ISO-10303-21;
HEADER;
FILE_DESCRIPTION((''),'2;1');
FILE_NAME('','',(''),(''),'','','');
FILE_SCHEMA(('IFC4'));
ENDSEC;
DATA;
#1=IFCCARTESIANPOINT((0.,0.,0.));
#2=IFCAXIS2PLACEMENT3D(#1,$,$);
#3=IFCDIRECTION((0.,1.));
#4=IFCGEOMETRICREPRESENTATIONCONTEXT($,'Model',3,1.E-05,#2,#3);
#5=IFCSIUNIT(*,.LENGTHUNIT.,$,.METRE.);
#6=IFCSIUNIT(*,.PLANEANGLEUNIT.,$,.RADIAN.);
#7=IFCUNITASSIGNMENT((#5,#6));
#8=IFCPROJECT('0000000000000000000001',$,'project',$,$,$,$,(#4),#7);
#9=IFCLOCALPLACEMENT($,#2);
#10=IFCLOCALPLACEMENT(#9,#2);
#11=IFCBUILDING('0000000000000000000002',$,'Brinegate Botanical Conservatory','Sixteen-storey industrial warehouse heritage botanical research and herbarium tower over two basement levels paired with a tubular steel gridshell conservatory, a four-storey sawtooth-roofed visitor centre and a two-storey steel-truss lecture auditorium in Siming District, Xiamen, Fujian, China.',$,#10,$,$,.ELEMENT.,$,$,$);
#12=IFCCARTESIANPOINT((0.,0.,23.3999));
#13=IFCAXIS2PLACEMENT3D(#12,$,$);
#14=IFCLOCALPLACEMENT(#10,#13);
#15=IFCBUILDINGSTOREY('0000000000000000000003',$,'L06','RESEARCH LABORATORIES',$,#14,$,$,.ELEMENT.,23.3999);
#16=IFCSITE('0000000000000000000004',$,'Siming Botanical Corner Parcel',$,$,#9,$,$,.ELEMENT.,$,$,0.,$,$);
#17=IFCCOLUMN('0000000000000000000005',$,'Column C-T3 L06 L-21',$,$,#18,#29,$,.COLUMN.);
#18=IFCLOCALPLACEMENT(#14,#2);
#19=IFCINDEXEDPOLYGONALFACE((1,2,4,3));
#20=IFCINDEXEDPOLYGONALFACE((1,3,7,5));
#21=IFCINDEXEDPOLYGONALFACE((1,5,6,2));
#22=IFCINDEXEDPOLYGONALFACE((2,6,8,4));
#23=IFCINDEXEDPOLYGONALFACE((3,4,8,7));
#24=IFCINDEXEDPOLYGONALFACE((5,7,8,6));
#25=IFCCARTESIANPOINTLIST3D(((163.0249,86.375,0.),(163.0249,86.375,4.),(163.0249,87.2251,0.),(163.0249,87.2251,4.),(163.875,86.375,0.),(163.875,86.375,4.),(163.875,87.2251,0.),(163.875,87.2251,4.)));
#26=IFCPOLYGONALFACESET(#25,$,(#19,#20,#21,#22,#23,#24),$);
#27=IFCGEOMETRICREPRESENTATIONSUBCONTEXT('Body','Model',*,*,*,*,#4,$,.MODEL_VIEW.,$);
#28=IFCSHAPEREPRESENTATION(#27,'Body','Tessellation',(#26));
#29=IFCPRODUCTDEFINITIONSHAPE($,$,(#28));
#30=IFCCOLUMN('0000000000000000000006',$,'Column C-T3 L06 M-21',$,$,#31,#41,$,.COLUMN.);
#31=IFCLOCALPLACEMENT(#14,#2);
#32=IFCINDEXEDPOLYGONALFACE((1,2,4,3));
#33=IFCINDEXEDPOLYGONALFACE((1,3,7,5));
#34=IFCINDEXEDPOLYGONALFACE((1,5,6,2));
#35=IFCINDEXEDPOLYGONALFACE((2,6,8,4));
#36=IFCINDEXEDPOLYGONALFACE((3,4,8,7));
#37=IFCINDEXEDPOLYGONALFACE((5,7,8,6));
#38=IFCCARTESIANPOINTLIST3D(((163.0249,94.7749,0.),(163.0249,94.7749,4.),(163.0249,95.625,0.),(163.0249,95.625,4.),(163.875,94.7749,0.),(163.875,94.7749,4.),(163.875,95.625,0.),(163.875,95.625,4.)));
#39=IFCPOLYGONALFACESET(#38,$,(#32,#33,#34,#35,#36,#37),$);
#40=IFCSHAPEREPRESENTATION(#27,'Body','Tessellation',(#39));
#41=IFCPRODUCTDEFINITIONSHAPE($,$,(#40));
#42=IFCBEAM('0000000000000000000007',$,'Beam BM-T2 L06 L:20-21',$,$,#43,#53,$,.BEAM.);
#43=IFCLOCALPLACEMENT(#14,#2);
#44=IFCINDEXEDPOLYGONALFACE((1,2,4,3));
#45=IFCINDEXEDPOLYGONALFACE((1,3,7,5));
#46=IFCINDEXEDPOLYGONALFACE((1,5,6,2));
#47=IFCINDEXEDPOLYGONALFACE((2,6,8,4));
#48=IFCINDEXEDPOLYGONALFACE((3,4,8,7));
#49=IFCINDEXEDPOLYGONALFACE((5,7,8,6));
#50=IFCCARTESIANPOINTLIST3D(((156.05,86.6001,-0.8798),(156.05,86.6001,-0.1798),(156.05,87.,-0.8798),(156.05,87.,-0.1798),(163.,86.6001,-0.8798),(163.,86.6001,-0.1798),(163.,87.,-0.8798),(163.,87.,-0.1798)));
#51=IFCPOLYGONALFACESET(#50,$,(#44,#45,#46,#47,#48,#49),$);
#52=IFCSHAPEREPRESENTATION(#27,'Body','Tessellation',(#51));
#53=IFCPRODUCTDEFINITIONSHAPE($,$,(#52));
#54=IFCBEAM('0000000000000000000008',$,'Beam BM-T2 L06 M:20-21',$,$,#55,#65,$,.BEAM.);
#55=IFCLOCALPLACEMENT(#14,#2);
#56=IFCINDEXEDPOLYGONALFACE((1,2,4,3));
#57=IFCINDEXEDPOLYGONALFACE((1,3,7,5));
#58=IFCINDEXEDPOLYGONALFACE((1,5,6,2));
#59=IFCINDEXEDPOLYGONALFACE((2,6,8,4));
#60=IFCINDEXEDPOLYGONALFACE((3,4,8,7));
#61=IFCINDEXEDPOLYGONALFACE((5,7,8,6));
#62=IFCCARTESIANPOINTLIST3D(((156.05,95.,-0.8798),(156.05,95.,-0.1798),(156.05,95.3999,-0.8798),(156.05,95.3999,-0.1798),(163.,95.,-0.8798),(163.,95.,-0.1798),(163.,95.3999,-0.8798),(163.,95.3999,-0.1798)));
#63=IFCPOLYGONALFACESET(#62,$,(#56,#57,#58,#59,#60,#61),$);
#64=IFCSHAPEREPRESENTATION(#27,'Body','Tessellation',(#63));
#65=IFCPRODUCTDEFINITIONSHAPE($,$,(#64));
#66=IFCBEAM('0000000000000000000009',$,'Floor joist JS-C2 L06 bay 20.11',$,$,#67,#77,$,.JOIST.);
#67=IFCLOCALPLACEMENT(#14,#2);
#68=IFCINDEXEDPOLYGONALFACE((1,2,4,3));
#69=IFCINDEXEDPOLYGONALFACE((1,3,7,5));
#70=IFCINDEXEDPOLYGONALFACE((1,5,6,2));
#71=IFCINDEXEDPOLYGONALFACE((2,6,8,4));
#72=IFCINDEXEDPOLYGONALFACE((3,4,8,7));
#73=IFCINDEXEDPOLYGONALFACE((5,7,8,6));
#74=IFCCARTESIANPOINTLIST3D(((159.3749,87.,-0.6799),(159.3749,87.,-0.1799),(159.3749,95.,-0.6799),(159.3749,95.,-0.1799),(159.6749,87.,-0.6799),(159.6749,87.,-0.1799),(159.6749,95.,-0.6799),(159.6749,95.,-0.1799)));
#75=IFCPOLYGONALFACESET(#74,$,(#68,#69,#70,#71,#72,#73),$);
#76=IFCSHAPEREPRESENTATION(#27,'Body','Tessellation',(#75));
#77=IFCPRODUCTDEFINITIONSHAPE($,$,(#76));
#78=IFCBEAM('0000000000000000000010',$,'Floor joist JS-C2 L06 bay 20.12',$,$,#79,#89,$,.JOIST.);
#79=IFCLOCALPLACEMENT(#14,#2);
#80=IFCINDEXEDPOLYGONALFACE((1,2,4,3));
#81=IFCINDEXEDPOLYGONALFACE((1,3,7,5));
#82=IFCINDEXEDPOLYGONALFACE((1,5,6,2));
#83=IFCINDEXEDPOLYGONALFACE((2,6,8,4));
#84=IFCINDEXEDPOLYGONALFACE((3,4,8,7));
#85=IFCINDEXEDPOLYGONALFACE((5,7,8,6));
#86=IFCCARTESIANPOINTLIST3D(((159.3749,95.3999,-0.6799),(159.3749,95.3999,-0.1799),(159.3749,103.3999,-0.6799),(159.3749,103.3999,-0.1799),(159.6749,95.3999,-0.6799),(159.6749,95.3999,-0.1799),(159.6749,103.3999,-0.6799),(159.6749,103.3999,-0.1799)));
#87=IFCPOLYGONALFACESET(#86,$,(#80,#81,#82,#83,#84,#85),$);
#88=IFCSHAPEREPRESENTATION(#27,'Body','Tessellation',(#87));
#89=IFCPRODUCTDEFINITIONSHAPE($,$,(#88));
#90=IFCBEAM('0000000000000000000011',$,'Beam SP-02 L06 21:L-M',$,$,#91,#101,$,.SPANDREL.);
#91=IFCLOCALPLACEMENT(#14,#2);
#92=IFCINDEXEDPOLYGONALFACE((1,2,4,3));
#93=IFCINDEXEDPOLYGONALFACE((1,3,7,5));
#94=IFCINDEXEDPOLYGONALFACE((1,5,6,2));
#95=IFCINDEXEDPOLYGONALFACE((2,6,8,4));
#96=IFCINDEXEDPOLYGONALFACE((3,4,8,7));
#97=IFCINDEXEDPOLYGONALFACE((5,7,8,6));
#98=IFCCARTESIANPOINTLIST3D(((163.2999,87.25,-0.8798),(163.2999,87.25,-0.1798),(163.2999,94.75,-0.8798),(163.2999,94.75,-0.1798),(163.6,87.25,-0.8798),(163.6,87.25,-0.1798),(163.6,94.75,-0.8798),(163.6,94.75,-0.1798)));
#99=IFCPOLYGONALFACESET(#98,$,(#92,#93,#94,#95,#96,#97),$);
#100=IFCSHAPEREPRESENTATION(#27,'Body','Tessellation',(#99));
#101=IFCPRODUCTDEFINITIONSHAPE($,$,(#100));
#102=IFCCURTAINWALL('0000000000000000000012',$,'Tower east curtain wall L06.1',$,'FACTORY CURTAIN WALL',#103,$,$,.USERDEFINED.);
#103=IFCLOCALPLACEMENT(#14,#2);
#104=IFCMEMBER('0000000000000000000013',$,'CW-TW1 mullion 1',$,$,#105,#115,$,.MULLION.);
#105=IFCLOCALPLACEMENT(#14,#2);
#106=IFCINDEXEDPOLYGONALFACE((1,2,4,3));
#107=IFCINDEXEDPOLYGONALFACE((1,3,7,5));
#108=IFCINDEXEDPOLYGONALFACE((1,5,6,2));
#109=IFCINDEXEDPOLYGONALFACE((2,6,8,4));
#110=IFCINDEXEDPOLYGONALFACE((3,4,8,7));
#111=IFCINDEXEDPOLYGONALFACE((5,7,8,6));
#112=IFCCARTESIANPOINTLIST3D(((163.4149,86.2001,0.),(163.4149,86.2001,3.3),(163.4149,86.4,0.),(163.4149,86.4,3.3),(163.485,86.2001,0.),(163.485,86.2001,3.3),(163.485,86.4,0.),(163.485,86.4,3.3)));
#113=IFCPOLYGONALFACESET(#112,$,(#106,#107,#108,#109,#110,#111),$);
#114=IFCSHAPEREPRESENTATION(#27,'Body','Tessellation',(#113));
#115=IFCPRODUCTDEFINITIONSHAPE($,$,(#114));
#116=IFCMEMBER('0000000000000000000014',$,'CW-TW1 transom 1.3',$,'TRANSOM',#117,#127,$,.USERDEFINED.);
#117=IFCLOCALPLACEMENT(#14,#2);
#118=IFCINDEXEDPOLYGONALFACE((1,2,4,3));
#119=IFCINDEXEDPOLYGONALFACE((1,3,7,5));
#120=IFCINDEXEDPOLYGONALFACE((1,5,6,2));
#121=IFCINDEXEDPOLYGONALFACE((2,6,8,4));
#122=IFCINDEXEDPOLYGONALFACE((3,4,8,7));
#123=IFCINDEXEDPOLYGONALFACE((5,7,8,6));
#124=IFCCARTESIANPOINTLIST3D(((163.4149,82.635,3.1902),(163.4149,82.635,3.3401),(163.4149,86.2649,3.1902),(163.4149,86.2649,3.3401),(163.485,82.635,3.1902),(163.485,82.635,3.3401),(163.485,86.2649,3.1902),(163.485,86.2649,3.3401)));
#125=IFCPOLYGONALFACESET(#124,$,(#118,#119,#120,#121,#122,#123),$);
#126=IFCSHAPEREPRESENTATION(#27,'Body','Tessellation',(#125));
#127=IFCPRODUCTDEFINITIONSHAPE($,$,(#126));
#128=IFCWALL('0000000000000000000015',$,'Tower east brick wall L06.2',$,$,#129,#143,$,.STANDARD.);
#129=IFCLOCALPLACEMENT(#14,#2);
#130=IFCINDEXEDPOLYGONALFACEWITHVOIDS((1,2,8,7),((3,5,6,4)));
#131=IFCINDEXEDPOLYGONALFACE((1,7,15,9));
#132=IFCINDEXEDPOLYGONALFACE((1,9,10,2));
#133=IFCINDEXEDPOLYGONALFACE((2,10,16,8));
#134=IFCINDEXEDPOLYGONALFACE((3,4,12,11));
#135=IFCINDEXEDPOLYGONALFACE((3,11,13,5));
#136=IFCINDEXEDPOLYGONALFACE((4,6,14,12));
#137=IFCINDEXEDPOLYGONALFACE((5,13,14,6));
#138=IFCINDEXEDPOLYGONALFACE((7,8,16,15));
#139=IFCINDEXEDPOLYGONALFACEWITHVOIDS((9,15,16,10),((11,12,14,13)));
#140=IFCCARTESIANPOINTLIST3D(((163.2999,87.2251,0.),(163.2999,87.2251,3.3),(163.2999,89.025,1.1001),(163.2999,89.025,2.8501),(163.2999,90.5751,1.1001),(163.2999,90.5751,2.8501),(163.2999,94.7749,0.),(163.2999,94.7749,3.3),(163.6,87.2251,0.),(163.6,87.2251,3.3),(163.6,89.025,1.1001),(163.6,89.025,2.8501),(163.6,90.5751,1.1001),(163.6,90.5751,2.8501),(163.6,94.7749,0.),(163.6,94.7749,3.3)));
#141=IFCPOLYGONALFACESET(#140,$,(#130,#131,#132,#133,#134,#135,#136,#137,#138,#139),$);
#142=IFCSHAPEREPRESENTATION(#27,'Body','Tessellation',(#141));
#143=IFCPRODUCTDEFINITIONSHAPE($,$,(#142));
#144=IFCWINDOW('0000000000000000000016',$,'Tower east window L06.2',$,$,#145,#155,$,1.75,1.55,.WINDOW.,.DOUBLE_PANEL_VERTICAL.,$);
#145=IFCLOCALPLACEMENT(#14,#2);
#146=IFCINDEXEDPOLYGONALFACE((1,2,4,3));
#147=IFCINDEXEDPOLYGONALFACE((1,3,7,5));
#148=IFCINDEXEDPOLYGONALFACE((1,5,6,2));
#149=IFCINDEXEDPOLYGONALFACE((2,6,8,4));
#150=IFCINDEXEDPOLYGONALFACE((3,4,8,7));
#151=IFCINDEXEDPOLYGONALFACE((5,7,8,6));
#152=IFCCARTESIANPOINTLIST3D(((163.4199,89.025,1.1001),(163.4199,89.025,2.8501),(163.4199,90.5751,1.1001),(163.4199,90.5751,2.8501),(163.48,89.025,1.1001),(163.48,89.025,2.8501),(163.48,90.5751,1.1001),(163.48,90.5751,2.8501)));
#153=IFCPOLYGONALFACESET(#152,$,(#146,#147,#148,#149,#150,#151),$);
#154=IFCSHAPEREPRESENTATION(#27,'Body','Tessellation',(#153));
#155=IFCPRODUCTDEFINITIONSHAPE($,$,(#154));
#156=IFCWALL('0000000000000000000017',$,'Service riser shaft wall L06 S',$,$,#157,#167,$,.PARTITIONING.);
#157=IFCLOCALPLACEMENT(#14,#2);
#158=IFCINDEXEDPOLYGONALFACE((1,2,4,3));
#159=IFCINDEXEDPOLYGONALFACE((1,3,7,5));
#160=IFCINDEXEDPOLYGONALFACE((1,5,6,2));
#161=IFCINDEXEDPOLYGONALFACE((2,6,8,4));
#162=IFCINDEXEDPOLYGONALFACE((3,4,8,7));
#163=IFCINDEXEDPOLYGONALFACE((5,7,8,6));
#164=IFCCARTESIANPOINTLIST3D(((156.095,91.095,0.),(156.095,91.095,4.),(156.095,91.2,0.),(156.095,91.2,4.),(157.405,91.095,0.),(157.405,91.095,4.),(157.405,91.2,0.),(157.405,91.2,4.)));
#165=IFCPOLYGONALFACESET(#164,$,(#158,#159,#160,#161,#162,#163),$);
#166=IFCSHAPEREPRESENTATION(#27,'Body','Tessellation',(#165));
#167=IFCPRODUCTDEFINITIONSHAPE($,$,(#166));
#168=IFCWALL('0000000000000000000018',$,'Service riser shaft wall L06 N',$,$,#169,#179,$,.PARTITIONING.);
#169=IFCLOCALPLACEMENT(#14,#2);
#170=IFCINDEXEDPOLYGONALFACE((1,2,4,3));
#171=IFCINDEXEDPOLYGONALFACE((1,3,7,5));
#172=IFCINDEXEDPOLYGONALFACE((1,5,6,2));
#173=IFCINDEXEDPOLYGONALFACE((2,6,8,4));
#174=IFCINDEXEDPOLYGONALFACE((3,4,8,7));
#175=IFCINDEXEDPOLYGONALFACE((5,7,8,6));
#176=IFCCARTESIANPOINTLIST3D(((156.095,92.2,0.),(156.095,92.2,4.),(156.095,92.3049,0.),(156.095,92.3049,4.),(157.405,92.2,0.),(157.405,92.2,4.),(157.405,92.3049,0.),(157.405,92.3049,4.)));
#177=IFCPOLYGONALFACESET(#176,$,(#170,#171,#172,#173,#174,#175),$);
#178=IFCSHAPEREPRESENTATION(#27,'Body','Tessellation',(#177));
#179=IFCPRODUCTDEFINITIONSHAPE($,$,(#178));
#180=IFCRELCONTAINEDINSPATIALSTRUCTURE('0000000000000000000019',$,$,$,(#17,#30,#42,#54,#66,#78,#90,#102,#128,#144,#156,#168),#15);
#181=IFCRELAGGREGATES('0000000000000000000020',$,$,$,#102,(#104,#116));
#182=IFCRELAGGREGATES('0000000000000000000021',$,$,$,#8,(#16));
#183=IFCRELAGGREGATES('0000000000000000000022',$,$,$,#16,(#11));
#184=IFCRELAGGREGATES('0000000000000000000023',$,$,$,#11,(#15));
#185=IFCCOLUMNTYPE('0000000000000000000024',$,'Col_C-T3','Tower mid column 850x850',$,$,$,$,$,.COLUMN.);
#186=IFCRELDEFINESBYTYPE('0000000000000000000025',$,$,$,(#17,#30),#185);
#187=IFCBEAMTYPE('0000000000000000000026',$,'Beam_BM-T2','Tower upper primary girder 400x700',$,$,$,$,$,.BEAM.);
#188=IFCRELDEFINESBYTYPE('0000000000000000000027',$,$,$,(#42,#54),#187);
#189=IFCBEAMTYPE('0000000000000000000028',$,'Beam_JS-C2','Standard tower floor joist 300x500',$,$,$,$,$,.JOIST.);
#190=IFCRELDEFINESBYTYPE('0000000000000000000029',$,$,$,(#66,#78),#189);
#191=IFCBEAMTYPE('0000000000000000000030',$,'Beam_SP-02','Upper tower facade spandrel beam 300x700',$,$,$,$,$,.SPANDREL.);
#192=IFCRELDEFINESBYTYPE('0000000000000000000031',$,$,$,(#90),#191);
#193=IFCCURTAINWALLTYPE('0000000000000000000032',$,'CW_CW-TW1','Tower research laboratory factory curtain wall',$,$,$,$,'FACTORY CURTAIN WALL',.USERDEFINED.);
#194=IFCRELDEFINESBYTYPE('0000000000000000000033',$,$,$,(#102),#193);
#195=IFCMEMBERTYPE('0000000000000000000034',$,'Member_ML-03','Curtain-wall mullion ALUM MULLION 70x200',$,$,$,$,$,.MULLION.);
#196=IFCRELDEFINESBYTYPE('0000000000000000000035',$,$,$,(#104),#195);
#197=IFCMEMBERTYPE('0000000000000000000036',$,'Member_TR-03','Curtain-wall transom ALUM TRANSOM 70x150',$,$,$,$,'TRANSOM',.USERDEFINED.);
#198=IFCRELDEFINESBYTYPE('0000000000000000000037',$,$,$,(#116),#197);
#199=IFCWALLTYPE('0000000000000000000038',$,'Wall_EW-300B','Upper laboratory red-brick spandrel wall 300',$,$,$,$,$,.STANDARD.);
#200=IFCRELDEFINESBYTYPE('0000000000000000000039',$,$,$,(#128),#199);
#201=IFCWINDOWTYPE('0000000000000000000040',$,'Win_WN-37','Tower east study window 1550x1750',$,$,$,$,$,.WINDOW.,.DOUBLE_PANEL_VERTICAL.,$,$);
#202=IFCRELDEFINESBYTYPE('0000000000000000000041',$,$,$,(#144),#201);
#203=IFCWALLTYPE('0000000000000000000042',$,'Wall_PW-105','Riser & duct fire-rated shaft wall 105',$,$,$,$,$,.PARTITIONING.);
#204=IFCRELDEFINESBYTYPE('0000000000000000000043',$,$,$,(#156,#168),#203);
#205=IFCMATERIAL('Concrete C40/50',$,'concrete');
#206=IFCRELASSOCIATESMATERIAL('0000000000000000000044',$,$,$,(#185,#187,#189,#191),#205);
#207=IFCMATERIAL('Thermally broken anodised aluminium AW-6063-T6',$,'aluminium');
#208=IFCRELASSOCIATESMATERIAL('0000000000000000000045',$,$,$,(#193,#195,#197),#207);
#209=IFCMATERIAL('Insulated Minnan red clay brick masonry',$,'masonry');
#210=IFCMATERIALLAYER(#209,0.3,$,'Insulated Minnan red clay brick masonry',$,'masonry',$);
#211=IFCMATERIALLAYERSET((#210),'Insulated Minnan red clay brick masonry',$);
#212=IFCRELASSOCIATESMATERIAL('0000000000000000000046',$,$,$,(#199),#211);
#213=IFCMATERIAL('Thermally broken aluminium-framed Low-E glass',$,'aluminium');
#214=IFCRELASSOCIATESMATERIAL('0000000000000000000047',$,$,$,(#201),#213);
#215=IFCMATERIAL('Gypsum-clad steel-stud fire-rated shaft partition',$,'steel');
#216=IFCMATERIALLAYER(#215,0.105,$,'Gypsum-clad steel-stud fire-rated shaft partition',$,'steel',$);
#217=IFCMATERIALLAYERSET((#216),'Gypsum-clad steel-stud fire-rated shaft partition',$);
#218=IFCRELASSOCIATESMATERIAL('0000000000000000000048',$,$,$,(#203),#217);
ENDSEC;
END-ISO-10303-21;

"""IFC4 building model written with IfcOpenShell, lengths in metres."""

from ifc_helpers import new_model, si_unit, direction, frame, frame_2d, origin, origin_2d, place, context, subcontext, project, spatial, rectangle, extrude, material, layer, layer_set, material_profile, profile_set, type_object, element, fill, aggregate, save


model = new_model("IFC4")

# Units and contexts
model_context = context("Model", 3, precision=1e-05, world=origin(), true_north=direction((0.0, 1.0)))
body_context = subcontext(model_context, "Body", "Model", "MODEL_VIEW")
ifc_project = project(units=[si_unit("LENGTHUNIT", "METRE"), si_unit("PLANEANGLEUNIT", "RADIAN")], contexts=[model_context])

# Site, building, storey
site_placement = place(None, origin())
site = spatial("IfcSite", under=ifc_project, at=site_placement, Name="Siming Botanical Corner Parcel", CompositionType="ELEMENT", RefElevation=0.0)
building_placement = place(site_placement, origin())
building = spatial("IfcBuilding", under=site, at=building_placement, Name="Brinegate Botanical Conservatory", Description="Sixteen-storey industrial warehouse heritage botanical research and herbarium tower over two basement levels paired with a tubular steel gridshell conservatory, a four-storey sawtooth-roofed visitor centre and a two-storey steel-truss lecture auditorium in Siming District, Xiamen, Fujian, China.", CompositionType="ELEMENT")
storey_placement = place(building_placement, frame((0.0, 0.0, 23.3999)))
storey = spatial("IfcBuildingStorey", under=building, at=storey_placement, Name="L06", Description="RESEARCH LABORATORIES", CompositionType="ELEMENT", Elevation=23.3999)

# Columns
ifc_material_1 = material(Name="Concrete C40/50", Category="concrete")
ifc_material_profile_1 = material_profile(ifc_material_1, rectangle(XDim=0.8501, YDim=0.8501, at=origin_2d()), Name="RC COL 850x850")
ifc_profile_set_1 = profile_set([ifc_material_profile_1], Name="Concrete C40/50")
column_type = type_object("IfcColumnType", Name="Col_C-T3", Description="Tower mid column 850x850", PredefinedType="COLUMN", material=ifc_profile_set_1)
for number, where, z_axis, x_axis, name in (
    (1, (163.45, 86.8, 0.0), (0.0, 0.0, 1.0), (1.0, 0.0, 0.0), "Column C-T3 L06 L-21"),
    (2, (163.45, 95.2, 0.0), (0.0, 0.0, 1.0), (1.0, 0.0, 0.0), "Column C-T3 L06 M-21"),
):
    element("IfcColumn", number, at=place(storey_placement, frame(where, z_axis=z_axis, x_axis=x_axis)), inside=storey, type_object=column_type, Name=name, PredefinedType="COLUMN", context=body_context, shape_type="SweptSolid", body=[
        extrude(rectangle(XDim=0.8501, YDim=0.8501, at=origin_2d()), origin(), (0.0, 0.0, 1.0), 4.0),
    ])

# Beams
ifc_material_profile_2 = material_profile(ifc_material_1, rectangle(XDim=0.3999, YDim=0.7, at=origin_2d()), Name="RC BM 400x700")
ifc_profile_set_2 = profile_set([ifc_material_profile_2], Name="Concrete C40/50")
beam_type_1 = type_object("IfcBeamType", Name="Beam_BM-T2", Description="Tower upper primary girder 400x700", PredefinedType="BEAM", material=ifc_profile_set_2)
for number, where, z_axis, x_axis, name in (
    (3, (156.05, 86.8, -0.5298), (1.0, 0.0, 0.0), (0.0, 1.0, 0.0), "Beam BM-T2 L06 L:20-21"),
    (4, (156.05, 95.2, -0.5298), (1.0, 0.0, 0.0), (0.0, 1.0, 0.0), "Beam BM-T2 L06 M:20-21"),
):
    element("IfcBeam", number, at=place(storey_placement, frame(where, z_axis=z_axis, x_axis=x_axis)), inside=storey, type_object=beam_type_1, Name=name, PredefinedType="BEAM", context=body_context, shape_type="SweptSolid", body=[
        extrude(rectangle(XDim=0.3999, YDim=0.7, at=origin_2d()), origin(), (0.0, 0.0, 1.0), 6.95),
    ])
ifc_material_profile_3 = material_profile(ifc_material_1, rectangle(XDim=0.3, YDim=0.5, at=origin_2d()), Name="RC JST 300x500")
ifc_profile_set_3 = profile_set([ifc_material_profile_3], Name="Concrete C40/50")
beam_type_2 = type_object("IfcBeamType", Name="Beam_JS-C2", Description="Standard tower floor joist 300x500", PredefinedType="JOIST", material=ifc_profile_set_3)
for number, where, z_axis, x_axis, name in (
    (5, (159.5249, 87.0, -0.4299), (0.0, 1.0, 0.0), (-1.0, 0.0, 0.0), "Floor joist JS-C2 L06 bay 20.11"),
    (6, (159.5249, 95.3999, -0.4299), (0.0, 1.0, 0.0), (-1.0, 0.0, 0.0), "Floor joist JS-C2 L06 bay 20.12"),
):
    element("IfcBeam", number, at=place(storey_placement, frame(where, z_axis=z_axis, x_axis=x_axis)), inside=storey, type_object=beam_type_2, Name=name, PredefinedType="JOIST", context=body_context, shape_type="SweptSolid", body=[
        extrude(rectangle(XDim=0.3, YDim=0.5, at=origin_2d()), origin(), (0.0, 0.0, 1.0), 8.0),
    ])
ifc_material_profile_4 = material_profile(ifc_material_1, rectangle(XDim=0.3, YDim=0.7, at=origin_2d()), Name="RC SPN 300x700")
ifc_profile_set_4 = profile_set([ifc_material_profile_4], Name="Concrete C40/50")
beam_type_3 = type_object("IfcBeamType", Name="Beam_SP-02", Description="Upper tower facade spandrel beam 300x700", PredefinedType="SPANDREL", material=ifc_profile_set_4)
beam_placement = place(storey_placement, frame((163.45, 87.25, -0.5298), z_axis=(0.0, 1.0, 0.0), x_axis=(-1.0, 0.0, 0.0)))
element("IfcBeam", 7, at=beam_placement, inside=storey, type_object=beam_type_3, Name="Beam SP-02 L06 21:L-M", PredefinedType="SPANDREL", context=body_context, shape_type="SweptSolid", body=[
    extrude(rectangle(XDim=0.3, YDim=0.7, at=origin_2d()), origin(), (0.0, 0.0, 1.0), 7.5),
])

# Curtain wall, members
ifc_material_2 = material(Name="Thermally broken anodised aluminium AW-6063-T6", Category="aluminium")
curtain_wall_type = type_object("IfcCurtainWallType", Name="CW_CW-TW1", Description="Tower research laboratory factory curtain wall", ElementType="FACTORY CURTAIN WALL", PredefinedType="USERDEFINED", material=ifc_material_2)
curtain_wall_placement = place(storey_placement, origin())
curtain_wall = element("IfcCurtainWall", 8, at=curtain_wall_placement, inside=storey, type_object=curtain_wall_type, Name="Tower east curtain wall L06.1", ObjectType="FACTORY CURTAIN WALL", PredefinedType="USERDEFINED")
ifc_material_profile_5 = material_profile(ifc_material_2, rectangle(XDim=0.0701, YDim=0.2, at=origin_2d()), Name="ALUM MULLION 70x200")
ifc_profile_set_5 = profile_set([ifc_material_profile_5], Name="Thermally broken anodised aluminium AW-6063-T6")
member_type_1 = type_object("IfcMemberType", Name="Member_ML-03", Description="Curtain-wall mullion ALUM MULLION 70x200", PredefinedType="MULLION", material=ifc_profile_set_5)
member_1_placement = place(storey_placement, frame((163.45, 86.3, 0.0), z_axis=(0.0, 0.0, 1.0), x_axis=(1.0, 0.0, 0.0)))
member_1 = element("IfcMember", 9, at=member_1_placement, type_object=member_type_1, Name="CW-TW1 mullion 1", PredefinedType="MULLION", context=body_context, shape_type="SweptSolid", body=[
    extrude(rectangle(XDim=0.0701, YDim=0.2, at=origin_2d()), origin(), (0.0, 0.0, 1.0), 3.3),
])
ifc_material_profile_6 = material_profile(ifc_material_2, rectangle(XDim=0.0701, YDim=0.1499, at=origin_2d()), Name="ALUM TRANSOM 70x150")
ifc_profile_set_6 = profile_set([ifc_material_profile_6], Name="Thermally broken anodised aluminium AW-6063-T6")
member_type_2 = type_object("IfcMemberType", Name="Member_TR-03", Description="Curtain-wall transom ALUM TRANSOM 70x150", ElementType="TRANSOM", PredefinedType="USERDEFINED", material=ifc_profile_set_6)
member_2_placement = place(storey_placement, frame((163.45, 86.2649, 3.2651), z_axis=(0.0, -1.0, 0.0), x_axis=(1.0, 0.0, 0.0)))
member_2 = element("IfcMember", 10, at=member_2_placement, type_object=member_type_2, Name="CW-TW1 transom 1.3", ObjectType="TRANSOM", PredefinedType="USERDEFINED", context=body_context, shape_type="SweptSolid", body=[
    extrude(rectangle(XDim=0.0701, YDim=0.1499, at=origin_2d()), origin(), (0.0, 0.0, 1.0), 3.6299),
])
aggregate(curtain_wall, [member_1, member_2])

# Wall, opening, window
ifc_material_3 = material(Name="Insulated Minnan red clay brick masonry", Category="masonry")
ifc_layer_1 = layer(ifc_material_3, 0.3, Name="Insulated Minnan red clay brick masonry", Category="masonry")
ifc_layer_set_1 = layer_set([ifc_layer_1], Name="Insulated Minnan red clay brick masonry")
wall_type_1 = type_object("IfcWallType", Name="Wall_EW-300B", Description="Upper laboratory red-brick spandrel wall 300", PredefinedType="STANDARD", material=ifc_layer_set_1)
wall_1_placement = place(storey_placement, frame((163.45, 94.7749, 0.0), z_axis=(0.0, 0.0, 1.0), x_axis=(0.0, -1.0, 0.0)))
wall_1 = element("IfcWall", 11, at=wall_1_placement, inside=storey, type_object=wall_type_1, Name="Tower east brick wall L06.2", PredefinedType="STANDARD", context=body_context, shape_type="SweptSolid", body=[
    extrude(rectangle(XDim=7.5498, YDim=0.3, at=frame_2d((3.7749, 0.0))), origin(), (0.0, 0.0, 1.0), 3.3),
])
opening_1_placement = place(wall_1_placement, frame((4.2, 0.0, 1.1001)))
opening_1 = element("IfcOpeningElement", 12, at=opening_1_placement, cuts=wall_1, PredefinedType="OPENING", context=body_context, shape_type="SweptSolid", body=[
    extrude(rectangle(XDim=1.55, YDim=1.75, at=frame_2d((0.7749, 0.875))), frame((0.0, 0.1599, 0.0), z_axis=(0.0, -1.0, 0.0), x_axis=(1.0, 0.0, 0.0)), (0.0, 0.0, 1.0), 0.3201),
])
ifc_material_4 = material(Name="Thermally broken aluminium-framed Low-E glass", Category="aluminium")
window_type = type_object("IfcWindowType", Name="Win_WN-37", Description="Tower east study window 1550x1750", PartitioningType="DOUBLE_PANEL_VERTICAL", PredefinedType="WINDOW", material=ifc_material_4)
window_placement = place(opening_1_placement, origin())
window = element("IfcWindow", 13, at=window_placement, inside=storey, type_object=window_type, Name="Tower east window L06.2", OverallHeight=1.75, OverallWidth=1.55, PartitioningType="DOUBLE_PANEL_VERTICAL", PredefinedType="WINDOW", context=body_context, shape_type="SweptSolid", body=[
    extrude(rectangle(XDim=1.55, YDim=1.75, at=frame_2d((0.7749, 0.875))), frame((0.0, 0.03, 0.0), z_axis=(0.0, -1.0, 0.0), x_axis=(1.0, 0.0, 0.0)), (0.0, 0.0, 1.0), 0.0601),
])
fill(opening_1, window)

# Walls
ifc_material_5 = material(Name="Gypsum-clad steel-stud fire-rated shaft partition", Category="steel")
ifc_layer_2 = layer(ifc_material_5, 0.105, Name="Gypsum-clad steel-stud fire-rated shaft partition", Category="steel")
ifc_layer_set_2 = layer_set([ifc_layer_2], Name="Gypsum-clad steel-stud fire-rated shaft partition")
wall_type_2 = type_object("IfcWallType", Name="Wall_PW-105", Description="Riser & duct fire-rated shaft wall 105", PredefinedType="PARTITIONING", material=ifc_layer_set_2)
for number, where, z_axis, x_axis, name in (
    (14, (156.095, 91.1475, 0.0), (0.0, 0.0, 1.0), (1.0, 0.0, 0.0), "Service riser shaft wall L06 S"),
    (15, (156.095, 92.2524, 0.0), (0.0, 0.0, 1.0), (1.0, 0.0, 0.0), "Service riser shaft wall L06 N"),
):
    element("IfcWall", number, at=place(storey_placement, frame(where, z_axis=z_axis, x_axis=x_axis)), inside=storey, type_object=wall_type_2, Name=name, PredefinedType="PARTITIONING", context=body_context, shape_type="SweptSolid", body=[
        extrude(rectangle(XDim=1.3101, YDim=0.105, at=frame_2d((0.655, 0.0))), origin(), (0.0, 0.0, 1.0), 4.0),
    ])

save(model, "model.ifc")
